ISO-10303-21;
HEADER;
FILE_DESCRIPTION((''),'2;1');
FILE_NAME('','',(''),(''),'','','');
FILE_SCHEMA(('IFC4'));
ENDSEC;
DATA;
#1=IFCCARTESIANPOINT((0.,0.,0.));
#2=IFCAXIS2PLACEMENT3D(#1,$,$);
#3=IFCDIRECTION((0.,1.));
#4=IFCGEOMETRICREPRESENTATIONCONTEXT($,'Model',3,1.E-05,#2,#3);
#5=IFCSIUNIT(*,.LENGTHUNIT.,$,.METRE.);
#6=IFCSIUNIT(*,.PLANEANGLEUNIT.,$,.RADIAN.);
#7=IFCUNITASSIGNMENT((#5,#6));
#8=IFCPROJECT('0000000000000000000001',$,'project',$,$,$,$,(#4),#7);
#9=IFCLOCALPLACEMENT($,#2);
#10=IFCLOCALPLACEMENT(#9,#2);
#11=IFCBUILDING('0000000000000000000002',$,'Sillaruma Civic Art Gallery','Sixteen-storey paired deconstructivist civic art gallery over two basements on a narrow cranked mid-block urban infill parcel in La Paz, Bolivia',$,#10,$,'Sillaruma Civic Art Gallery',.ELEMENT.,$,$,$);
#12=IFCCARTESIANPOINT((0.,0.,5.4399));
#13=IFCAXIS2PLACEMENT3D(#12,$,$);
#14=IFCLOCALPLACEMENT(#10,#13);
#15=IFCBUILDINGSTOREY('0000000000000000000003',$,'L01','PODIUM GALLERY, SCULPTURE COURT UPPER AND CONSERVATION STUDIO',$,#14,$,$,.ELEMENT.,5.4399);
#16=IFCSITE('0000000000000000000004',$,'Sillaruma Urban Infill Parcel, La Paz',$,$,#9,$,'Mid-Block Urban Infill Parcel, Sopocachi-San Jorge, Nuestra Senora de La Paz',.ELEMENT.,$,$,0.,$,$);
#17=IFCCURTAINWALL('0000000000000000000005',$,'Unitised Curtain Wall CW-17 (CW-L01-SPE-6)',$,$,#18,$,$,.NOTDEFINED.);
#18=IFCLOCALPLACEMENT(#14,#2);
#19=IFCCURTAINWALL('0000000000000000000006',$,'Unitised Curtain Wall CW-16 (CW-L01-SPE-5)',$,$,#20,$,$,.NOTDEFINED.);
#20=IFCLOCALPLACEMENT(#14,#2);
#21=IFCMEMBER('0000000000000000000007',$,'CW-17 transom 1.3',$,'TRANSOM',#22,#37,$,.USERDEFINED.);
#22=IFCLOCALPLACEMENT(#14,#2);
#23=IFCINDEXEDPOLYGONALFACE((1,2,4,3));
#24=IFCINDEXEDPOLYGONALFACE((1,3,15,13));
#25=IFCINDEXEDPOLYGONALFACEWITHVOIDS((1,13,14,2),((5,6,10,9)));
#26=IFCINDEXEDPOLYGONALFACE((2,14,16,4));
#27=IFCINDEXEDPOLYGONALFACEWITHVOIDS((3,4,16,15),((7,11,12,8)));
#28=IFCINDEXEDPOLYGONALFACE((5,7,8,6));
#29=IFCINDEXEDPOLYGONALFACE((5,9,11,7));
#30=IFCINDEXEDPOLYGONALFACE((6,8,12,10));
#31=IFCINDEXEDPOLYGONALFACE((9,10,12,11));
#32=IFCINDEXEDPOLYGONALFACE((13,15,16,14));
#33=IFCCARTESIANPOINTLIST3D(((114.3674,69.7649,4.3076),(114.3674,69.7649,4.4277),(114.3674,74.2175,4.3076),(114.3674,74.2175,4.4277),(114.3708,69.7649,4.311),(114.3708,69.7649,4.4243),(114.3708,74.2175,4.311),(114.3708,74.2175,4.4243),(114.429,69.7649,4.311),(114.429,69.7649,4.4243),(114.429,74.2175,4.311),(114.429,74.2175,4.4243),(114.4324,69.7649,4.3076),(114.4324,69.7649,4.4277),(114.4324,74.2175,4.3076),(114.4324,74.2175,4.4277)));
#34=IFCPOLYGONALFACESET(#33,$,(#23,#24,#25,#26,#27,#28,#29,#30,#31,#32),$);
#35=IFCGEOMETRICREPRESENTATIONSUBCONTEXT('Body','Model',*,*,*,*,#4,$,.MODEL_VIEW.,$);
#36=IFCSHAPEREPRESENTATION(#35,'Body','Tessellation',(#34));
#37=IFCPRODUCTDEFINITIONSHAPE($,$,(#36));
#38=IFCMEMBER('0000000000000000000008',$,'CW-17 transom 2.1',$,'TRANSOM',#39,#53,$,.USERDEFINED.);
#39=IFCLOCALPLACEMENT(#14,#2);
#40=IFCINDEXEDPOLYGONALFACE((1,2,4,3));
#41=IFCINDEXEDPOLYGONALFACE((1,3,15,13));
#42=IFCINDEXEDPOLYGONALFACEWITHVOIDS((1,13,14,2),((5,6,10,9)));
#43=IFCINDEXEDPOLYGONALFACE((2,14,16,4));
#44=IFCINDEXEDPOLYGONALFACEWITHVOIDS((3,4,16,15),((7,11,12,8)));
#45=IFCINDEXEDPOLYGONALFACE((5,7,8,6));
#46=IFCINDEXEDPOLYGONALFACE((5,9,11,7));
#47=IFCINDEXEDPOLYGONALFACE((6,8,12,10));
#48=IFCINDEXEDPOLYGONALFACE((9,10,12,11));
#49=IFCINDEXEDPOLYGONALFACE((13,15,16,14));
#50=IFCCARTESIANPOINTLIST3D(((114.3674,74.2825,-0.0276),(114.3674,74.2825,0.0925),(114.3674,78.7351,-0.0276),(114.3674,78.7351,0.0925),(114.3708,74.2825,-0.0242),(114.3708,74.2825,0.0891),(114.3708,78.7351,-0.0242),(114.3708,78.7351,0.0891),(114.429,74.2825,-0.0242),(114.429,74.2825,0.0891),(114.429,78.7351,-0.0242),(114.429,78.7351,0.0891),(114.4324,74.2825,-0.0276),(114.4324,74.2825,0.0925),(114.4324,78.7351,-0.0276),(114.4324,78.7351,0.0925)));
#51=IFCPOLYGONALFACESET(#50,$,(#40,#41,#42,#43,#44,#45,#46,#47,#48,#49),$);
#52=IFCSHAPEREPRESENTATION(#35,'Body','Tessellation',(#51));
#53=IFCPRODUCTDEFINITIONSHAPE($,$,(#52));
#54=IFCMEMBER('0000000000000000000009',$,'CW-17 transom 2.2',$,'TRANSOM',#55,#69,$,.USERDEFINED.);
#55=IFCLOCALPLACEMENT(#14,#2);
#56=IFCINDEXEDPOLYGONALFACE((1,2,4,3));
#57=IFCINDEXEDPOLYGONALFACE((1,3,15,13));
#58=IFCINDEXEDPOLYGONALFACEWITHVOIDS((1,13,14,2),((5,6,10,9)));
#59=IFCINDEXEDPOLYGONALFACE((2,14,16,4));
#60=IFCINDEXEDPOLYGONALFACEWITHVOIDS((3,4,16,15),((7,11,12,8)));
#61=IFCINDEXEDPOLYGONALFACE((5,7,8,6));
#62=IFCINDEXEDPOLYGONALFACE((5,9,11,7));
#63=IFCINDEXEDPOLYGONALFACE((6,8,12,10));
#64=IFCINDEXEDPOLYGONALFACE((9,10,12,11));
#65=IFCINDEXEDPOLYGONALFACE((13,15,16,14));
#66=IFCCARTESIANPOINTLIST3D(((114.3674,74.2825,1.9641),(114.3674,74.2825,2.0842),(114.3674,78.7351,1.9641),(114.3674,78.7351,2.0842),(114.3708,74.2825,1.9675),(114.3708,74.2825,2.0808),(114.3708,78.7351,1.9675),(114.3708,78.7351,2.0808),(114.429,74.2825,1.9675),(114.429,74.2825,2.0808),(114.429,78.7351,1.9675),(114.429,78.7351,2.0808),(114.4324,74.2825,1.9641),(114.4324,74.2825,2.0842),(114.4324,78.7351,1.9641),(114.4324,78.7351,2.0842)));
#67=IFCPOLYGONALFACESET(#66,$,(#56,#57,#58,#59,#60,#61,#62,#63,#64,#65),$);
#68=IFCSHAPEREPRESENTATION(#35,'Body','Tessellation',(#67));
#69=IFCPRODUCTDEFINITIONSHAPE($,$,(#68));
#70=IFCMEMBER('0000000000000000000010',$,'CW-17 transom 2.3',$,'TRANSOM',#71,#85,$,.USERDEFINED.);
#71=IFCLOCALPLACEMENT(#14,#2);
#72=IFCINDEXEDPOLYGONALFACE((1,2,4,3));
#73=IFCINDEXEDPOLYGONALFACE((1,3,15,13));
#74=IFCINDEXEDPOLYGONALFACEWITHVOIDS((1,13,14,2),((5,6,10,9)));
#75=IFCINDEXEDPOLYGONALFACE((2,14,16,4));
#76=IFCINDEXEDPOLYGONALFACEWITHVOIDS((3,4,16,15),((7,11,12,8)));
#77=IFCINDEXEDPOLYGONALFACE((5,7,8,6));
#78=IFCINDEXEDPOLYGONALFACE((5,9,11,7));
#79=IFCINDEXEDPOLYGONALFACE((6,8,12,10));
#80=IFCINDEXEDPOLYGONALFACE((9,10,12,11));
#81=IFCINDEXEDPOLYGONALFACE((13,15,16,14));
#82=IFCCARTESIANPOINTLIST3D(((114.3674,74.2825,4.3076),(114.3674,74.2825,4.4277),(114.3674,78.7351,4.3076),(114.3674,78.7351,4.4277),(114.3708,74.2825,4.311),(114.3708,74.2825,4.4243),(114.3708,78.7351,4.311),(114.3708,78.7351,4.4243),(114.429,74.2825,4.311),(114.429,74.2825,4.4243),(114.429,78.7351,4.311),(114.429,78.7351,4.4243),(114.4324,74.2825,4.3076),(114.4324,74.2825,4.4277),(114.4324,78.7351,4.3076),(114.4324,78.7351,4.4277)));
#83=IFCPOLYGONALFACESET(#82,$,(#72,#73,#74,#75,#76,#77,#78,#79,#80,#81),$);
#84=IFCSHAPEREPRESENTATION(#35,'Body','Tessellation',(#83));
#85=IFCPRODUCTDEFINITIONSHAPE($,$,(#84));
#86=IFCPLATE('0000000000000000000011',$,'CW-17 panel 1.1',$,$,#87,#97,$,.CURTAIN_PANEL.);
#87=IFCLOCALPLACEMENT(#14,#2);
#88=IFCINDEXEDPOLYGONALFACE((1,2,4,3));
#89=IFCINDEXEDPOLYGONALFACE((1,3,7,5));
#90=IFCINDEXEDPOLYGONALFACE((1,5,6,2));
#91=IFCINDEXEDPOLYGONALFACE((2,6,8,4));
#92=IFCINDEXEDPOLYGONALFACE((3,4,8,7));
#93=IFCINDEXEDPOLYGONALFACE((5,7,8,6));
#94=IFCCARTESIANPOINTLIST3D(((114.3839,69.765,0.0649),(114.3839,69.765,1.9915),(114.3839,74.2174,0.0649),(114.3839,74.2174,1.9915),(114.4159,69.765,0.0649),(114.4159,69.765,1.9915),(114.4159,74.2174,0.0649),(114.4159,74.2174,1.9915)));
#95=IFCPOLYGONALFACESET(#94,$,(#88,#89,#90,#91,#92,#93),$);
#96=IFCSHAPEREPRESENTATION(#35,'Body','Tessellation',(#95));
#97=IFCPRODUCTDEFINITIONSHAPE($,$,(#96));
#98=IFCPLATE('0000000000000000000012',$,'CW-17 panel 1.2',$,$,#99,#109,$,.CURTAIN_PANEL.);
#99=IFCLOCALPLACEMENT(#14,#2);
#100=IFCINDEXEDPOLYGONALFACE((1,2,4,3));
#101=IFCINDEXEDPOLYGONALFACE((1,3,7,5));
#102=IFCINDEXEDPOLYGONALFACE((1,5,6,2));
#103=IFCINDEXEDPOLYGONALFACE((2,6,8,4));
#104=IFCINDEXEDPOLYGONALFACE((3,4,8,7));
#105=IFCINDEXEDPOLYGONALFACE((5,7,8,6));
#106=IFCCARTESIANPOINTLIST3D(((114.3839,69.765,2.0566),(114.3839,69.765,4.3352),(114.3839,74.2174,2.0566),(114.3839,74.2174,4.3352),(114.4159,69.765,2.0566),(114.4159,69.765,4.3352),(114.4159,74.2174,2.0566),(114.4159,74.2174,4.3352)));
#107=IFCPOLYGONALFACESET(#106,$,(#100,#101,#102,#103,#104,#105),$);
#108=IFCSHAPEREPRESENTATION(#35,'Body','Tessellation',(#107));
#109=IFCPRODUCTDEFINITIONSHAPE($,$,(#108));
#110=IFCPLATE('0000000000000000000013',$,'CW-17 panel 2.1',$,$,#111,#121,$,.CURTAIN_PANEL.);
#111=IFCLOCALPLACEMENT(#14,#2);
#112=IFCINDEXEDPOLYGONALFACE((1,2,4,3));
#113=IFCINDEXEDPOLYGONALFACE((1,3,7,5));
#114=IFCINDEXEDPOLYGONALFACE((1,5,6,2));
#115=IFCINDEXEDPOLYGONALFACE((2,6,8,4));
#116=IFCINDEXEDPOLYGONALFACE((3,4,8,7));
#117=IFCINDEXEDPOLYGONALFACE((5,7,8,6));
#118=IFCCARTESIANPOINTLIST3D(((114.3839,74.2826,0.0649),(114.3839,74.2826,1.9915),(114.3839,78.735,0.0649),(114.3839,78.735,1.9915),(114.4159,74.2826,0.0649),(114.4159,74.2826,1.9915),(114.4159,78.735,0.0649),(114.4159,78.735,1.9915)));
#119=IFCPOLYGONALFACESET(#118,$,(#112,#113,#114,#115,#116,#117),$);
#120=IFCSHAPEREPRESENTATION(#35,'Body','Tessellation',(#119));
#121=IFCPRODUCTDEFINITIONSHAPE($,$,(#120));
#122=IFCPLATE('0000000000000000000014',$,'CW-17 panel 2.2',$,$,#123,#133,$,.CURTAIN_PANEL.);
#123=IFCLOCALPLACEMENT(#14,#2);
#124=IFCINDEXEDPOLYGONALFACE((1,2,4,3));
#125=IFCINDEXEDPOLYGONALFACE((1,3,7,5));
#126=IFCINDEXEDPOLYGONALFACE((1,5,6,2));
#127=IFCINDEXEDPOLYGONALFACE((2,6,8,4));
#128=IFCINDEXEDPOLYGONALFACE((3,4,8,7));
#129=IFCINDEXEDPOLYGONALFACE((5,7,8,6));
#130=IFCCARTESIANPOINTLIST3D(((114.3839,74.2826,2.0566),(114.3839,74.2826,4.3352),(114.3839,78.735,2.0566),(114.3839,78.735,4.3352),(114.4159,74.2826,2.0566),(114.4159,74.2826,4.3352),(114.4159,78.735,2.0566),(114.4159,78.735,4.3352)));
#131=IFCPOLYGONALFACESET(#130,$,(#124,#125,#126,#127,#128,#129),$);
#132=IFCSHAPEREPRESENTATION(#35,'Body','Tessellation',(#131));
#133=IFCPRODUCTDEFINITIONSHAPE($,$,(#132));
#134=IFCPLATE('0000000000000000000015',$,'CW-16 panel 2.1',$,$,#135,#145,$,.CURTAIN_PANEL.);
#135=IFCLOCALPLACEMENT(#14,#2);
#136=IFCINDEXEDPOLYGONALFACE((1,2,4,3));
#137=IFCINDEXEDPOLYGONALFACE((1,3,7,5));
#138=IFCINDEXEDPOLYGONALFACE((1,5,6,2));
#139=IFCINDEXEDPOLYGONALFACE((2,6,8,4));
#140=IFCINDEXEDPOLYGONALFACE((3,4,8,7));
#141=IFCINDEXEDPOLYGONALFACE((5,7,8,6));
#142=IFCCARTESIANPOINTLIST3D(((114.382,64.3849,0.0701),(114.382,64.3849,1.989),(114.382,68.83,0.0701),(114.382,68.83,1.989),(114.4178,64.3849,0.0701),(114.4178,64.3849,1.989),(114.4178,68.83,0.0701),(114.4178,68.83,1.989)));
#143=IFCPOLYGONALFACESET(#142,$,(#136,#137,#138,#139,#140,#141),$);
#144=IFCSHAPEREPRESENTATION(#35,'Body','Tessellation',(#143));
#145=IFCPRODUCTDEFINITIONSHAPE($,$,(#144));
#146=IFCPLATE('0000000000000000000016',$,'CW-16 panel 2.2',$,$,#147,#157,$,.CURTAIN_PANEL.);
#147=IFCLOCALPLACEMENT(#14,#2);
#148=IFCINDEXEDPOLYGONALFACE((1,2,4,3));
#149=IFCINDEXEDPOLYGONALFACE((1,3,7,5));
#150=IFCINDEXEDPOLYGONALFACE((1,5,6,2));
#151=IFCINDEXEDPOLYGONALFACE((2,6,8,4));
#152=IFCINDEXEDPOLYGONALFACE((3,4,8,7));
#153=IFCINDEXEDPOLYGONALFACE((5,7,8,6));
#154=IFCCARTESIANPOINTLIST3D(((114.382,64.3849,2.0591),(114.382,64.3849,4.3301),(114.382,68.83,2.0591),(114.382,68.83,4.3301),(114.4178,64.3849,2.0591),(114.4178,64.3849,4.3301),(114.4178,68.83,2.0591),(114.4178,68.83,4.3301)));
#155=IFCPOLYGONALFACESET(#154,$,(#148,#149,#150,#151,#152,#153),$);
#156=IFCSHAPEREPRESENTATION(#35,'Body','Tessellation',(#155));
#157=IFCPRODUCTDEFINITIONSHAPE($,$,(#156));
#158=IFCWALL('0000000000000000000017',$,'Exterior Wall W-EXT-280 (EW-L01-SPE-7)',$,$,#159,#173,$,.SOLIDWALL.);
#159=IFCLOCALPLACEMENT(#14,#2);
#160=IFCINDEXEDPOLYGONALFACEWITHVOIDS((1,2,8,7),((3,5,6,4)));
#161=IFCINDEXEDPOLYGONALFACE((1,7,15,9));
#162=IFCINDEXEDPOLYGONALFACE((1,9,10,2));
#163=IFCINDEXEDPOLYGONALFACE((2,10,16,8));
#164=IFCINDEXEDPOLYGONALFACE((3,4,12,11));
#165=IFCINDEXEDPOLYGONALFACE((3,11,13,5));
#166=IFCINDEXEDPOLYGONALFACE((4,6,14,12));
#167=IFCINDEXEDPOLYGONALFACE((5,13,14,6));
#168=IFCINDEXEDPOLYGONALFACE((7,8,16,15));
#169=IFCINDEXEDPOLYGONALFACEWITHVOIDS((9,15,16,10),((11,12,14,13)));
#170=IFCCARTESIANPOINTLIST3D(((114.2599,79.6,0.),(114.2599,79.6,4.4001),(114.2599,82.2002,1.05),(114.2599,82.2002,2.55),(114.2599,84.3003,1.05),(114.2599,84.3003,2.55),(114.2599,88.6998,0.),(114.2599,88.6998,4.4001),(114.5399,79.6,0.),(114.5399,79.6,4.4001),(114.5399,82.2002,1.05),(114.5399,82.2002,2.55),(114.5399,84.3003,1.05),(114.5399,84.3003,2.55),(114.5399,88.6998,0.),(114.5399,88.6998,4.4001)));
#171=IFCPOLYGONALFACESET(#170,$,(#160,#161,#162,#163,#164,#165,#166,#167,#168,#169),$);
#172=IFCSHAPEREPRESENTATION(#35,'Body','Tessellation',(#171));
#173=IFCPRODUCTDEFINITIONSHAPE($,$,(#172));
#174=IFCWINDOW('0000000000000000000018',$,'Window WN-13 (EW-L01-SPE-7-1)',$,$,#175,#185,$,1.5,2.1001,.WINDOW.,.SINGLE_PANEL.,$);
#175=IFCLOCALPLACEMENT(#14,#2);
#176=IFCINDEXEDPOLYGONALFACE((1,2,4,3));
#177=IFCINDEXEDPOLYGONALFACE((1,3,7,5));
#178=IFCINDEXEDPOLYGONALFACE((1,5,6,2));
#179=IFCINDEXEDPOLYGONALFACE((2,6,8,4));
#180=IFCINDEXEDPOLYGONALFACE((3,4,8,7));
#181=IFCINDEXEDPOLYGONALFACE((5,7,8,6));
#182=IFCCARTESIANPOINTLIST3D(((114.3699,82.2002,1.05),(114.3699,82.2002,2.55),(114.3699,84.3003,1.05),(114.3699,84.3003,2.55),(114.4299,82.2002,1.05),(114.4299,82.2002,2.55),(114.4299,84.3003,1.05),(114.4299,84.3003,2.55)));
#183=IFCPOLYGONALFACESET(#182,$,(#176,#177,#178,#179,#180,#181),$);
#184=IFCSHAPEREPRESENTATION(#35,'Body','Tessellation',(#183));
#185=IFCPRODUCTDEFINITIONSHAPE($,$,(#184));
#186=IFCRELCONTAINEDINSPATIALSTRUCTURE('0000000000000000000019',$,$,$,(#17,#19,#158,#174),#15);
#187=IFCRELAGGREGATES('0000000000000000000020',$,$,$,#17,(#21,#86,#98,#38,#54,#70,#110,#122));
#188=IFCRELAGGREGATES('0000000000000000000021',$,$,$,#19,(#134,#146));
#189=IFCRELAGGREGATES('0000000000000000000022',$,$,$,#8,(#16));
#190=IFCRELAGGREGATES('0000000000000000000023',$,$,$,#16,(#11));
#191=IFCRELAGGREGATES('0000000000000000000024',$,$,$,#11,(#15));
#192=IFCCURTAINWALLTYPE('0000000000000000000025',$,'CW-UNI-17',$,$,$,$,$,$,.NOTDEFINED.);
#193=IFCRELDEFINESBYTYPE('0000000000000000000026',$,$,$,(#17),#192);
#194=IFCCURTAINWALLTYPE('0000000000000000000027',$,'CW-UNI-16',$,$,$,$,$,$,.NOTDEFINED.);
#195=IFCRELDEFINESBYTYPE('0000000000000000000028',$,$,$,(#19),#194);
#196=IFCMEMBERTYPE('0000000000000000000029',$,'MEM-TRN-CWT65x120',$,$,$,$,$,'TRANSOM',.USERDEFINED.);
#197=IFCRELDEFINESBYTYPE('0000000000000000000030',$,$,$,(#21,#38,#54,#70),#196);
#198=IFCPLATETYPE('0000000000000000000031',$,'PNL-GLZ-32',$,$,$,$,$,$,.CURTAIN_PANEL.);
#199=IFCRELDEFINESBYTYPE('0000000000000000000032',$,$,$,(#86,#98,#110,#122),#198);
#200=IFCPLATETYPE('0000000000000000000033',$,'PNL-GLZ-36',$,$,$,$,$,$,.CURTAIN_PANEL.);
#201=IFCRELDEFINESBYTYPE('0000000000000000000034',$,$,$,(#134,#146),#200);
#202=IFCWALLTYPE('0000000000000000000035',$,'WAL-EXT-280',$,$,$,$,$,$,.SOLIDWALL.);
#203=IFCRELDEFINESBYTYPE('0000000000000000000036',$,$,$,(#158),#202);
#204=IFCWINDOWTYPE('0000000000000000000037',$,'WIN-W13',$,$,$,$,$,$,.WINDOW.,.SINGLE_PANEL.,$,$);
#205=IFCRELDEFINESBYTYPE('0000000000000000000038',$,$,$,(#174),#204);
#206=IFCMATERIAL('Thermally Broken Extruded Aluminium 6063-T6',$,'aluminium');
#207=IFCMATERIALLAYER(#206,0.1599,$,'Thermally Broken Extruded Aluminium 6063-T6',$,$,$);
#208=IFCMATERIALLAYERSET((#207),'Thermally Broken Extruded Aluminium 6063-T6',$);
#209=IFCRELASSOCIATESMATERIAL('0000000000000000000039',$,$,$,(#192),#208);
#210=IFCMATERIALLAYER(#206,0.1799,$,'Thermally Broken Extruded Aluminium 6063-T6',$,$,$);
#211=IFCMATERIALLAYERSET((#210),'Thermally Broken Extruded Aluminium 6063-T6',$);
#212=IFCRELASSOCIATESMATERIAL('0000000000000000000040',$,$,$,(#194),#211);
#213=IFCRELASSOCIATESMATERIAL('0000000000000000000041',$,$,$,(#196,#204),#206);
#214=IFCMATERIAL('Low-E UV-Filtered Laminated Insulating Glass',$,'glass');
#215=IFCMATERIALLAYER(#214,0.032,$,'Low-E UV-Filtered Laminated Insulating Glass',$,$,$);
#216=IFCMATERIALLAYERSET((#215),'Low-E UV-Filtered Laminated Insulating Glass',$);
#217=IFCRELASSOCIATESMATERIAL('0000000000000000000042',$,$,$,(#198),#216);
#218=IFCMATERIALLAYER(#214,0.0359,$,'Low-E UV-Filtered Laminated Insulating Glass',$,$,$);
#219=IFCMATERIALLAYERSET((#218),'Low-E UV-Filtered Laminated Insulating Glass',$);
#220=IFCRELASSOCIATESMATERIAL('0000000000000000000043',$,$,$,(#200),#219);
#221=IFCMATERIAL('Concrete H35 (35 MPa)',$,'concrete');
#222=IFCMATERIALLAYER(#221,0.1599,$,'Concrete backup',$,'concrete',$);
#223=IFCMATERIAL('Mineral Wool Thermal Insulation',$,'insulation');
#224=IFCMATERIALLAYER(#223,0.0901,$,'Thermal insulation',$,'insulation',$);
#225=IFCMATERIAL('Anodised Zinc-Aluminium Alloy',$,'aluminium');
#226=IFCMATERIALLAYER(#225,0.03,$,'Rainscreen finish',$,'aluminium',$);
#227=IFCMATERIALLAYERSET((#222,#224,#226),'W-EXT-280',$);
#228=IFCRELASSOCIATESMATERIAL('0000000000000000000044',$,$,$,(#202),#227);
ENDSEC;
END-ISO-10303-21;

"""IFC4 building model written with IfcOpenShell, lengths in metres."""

from ifc_helpers import new_model, si_unit, direction, frame, frame_2d, origin, origin_2d, place, context, subcontext, project, spatial, rectangle, hollow_rectangle, extrude, material, layer, layer_set, material_profile, profile_set, type_object, element, fill, aggregate, save


model = new_model("IFC4")

# Units and contexts
model_context = context("Model", 3, precision=1e-05, world=origin(), true_north=direction((0.0, 1.0)))
body_context = subcontext(model_context, "Body", "Model", "MODEL_VIEW")
ifc_project = project(units=[si_unit("LENGTHUNIT", "METRE"), si_unit("PLANEANGLEUNIT", "RADIAN")], contexts=[model_context])

# Site, building, storey
site_placement = place(None, origin())
site = spatial("IfcSite", under=ifc_project, at=site_placement, Name="Sillaruma Urban Infill Parcel, La Paz", LongName="Mid-Block Urban Infill Parcel, Sopocachi-San Jorge, Nuestra Senora de La Paz", CompositionType="ELEMENT", RefElevation=0.0)
building_placement = place(site_placement, origin())
building = spatial("IfcBuilding", under=site, at=building_placement, Name="Sillaruma Civic Art Gallery", Description="Sixteen-storey paired deconstructivist civic art gallery over two basements on a narrow cranked mid-block urban infill parcel in La Paz, Bolivia", LongName="Sillaruma Civic Art Gallery", CompositionType="ELEMENT")
storey_placement = place(building_placement, frame((0.0, 0.0, 5.4399)))
storey = spatial("IfcBuildingStorey", under=building, at=storey_placement, Name="L01", Description="PODIUM GALLERY, SCULPTURE COURT UPPER AND CONSERVATION STUDIO", CompositionType="ELEMENT", Elevation=5.4399)

# Shared definitions
ifc_material_1 = material(Name="Concrete H35 (35 MPa)", Category="concrete")

# Curtain wall
ifc_material_2 = material(Name="Thermally Broken Extruded Aluminium 6063-T6", Category="aluminium")
ifc_layer_1 = layer(ifc_material_2, 0.1599, Name="Thermally Broken Extruded Aluminium 6063-T6")
ifc_layer_set_1 = layer_set([ifc_layer_1], Name="Thermally Broken Extruded Aluminium 6063-T6")
curtain_wall_type_1 = type_object("IfcCurtainWallType", Name="CW-UNI-17", PredefinedType="NOTDEFINED", material=ifc_layer_set_1)
curtain_wall_1_placement = place(storey_placement, origin())
curtain_wall_1 = element("IfcCurtainWall", 1, at=curtain_wall_1_placement, inside=storey, type_object=curtain_wall_type_1, Name="Unitised Curtain Wall CW-17 (CW-L01-SPE-6)", PredefinedType="NOTDEFINED")

# Curtain wall
ifc_layer_2 = layer(ifc_material_2, 0.1799, Name="Thermally Broken Extruded Aluminium 6063-T6")
ifc_layer_set_2 = layer_set([ifc_layer_2], Name="Thermally Broken Extruded Aluminium 6063-T6")
curtain_wall_type_2 = type_object("IfcCurtainWallType", Name="CW-UNI-16", PredefinedType="NOTDEFINED", material=ifc_layer_set_2)
curtain_wall_2_placement = place(storey_placement, origin())
curtain_wall_2 = element("IfcCurtainWall", 2, at=curtain_wall_2_placement, inside=storey, type_object=curtain_wall_type_2, Name="Unitised Curtain Wall CW-16 (CW-L01-SPE-5)", PredefinedType="NOTDEFINED")

# Members
ifc_material_profile_1 = material_profile(ifc_material_2, hollow_rectangle(XDim=0.0649, YDim=0.1201, WallThickness=0.0034, at=origin_2d()), Name="CWT65x120")
ifc_profile_set_1 = profile_set([ifc_material_profile_1], Name="Thermally Broken Extruded Aluminium 6063-T6")
member_type_1 = type_object("IfcMemberType", Name="MEM-TRN-CWT65x120", ElementType="TRANSOM", PredefinedType="USERDEFINED", material=ifc_profile_set_1)
member_1_placement = place(storey_placement, frame((114.3999, 69.7649, 4.3677), z_axis=(0.0, 1.0, 0.0), x_axis=(-1.0, 0.0, 0.0)))
member_1 = element("IfcMember", 3, at=member_1_placement, type_object=member_type_1, Name="CW-17 transom 1.3", ObjectType="TRANSOM", PredefinedType="USERDEFINED", context=body_context, shape_type="SweptSolid", body=[
    extrude(hollow_rectangle(XDim=0.0649, YDim=0.1201, WallThickness=0.0034, at=origin_2d()), origin(), (0.0, 0.0, 1.0), 4.4526),
])
member_2_placement = place(storey_placement, frame((114.3999, 74.2825, 0.0325), z_axis=(0.0, 1.0, 0.0), x_axis=(-1.0, 0.0, 0.0)))
member_2 = element("IfcMember", 4, at=member_2_placement, type_object=member_type_1, Name="CW-17 transom 2.1", ObjectType="TRANSOM", PredefinedType="USERDEFINED", context=body_context, shape_type="SweptSolid", body=[
    extrude(hollow_rectangle(XDim=0.0649, YDim=0.1201, WallThickness=0.0034, at=origin_2d()), origin(), (0.0, 0.0, 1.0), 4.4526),
])
member_3_placement = place(storey_placement, frame((114.3999, 74.2825, 2.0242), z_axis=(0.0, 1.0, 0.0), x_axis=(-1.0, 0.0, 0.0)))
member_3 = element("IfcMember", 5, at=member_3_placement, type_object=member_type_1, Name="CW-17 transom 2.2", ObjectType="TRANSOM", PredefinedType="USERDEFINED", context=body_context, shape_type="SweptSolid", body=[
    extrude(hollow_rectangle(XDim=0.0649, YDim=0.1201, WallThickness=0.0034, at=origin_2d()), origin(), (0.0, 0.0, 1.0), 4.4526),
])
member_4_placement = place(storey_placement, frame((114.3999, 74.2825, 4.3677), z_axis=(0.0, 1.0, 0.0), x_axis=(-1.0, 0.0, 0.0)))
member_4 = element("IfcMember", 6, at=member_4_placement, type_object=member_type_1, Name="CW-17 transom 2.3", ObjectType="TRANSOM", PredefinedType="USERDEFINED", context=body_context, shape_type="SweptSolid", body=[
    extrude(hollow_rectangle(XDim=0.0649, YDim=0.1201, WallThickness=0.0034, at=origin_2d()), origin(), (0.0, 0.0, 1.0), 4.4526),
])

# Plates
ifc_material_3 = material(Name="Low-E UV-Filtered Laminated Insulating Glass", Category="glass")
ifc_layer_3 = layer(ifc_material_3, 0.032, Name="Low-E UV-Filtered Laminated Insulating Glass")
ifc_layer_set_3 = layer_set([ifc_layer_3], Name="Low-E UV-Filtered Laminated Insulating Glass")
plate_type_1 = type_object("IfcPlateType", Name="PNL-GLZ-32", PredefinedType="CURTAIN_PANEL", material=ifc_layer_set_3)
plate_1_placement = place(storey_placement, frame((114.3999, 71.9912, 0.0649), z_axis=(0.0, 0.0, 1.0), x_axis=(0.0, 1.0, 0.0)))
plate_1 = element("IfcPlate", 7, at=plate_1_placement, type_object=plate_type_1, Name="CW-17 panel 1.1", PredefinedType="CURTAIN_PANEL", context=body_context, shape_type="SweptSolid", body=[
    extrude(rectangle(XDim=4.4524, YDim=0.032, at=origin_2d()), origin(), (0.0, 0.0, 1.0), 1.9265),
])
plate_2_placement = place(storey_placement, frame((114.3999, 71.9912, 2.0566), z_axis=(0.0, 0.0, 1.0), x_axis=(0.0, 1.0, 0.0)))
plate_2 = element("IfcPlate", 8, at=plate_2_placement, type_object=plate_type_1, Name="CW-17 panel 1.2", PredefinedType="CURTAIN_PANEL", context=body_context, shape_type="SweptSolid", body=[
    extrude(rectangle(XDim=4.4524, YDim=0.032, at=origin_2d()), origin(), (0.0, 0.0, 1.0), 2.2786),
])
plate_3_placement = place(storey_placement, frame((114.3999, 76.5088, 0.0649), z_axis=(0.0, 0.0, 1.0), x_axis=(0.0, 1.0, 0.0)))
plate_3 = element("IfcPlate", 9, at=plate_3_placement, type_object=plate_type_1, Name="CW-17 panel 2.1", PredefinedType="CURTAIN_PANEL", context=body_context, shape_type="SweptSolid", body=[
    extrude(rectangle(XDim=4.4524, YDim=0.032, at=origin_2d()), origin(), (0.0, 0.0, 1.0), 1.9265),
])
plate_4_placement = place(storey_placement, frame((114.3999, 76.5088, 2.0566), z_axis=(0.0, 0.0, 1.0), x_axis=(0.0, 1.0, 0.0)))
plate_4 = element("IfcPlate", 10, at=plate_4_placement, type_object=plate_type_1, Name="CW-17 panel 2.2", PredefinedType="CURTAIN_PANEL", context=body_context, shape_type="SweptSolid", body=[
    extrude(rectangle(XDim=4.4524, YDim=0.032, at=origin_2d()), origin(), (0.0, 0.0, 1.0), 2.2786),
])
aggregate(curtain_wall_1, [member_1, plate_1, plate_2, member_2, member_3, member_4, plate_3, plate_4])
ifc_layer_4 = layer(ifc_material_3, 0.0359, Name="Low-E UV-Filtered Laminated Insulating Glass")
ifc_layer_set_4 = layer_set([ifc_layer_4], Name="Low-E UV-Filtered Laminated Insulating Glass")
plate_type_2 = type_object("IfcPlateType", Name="PNL-GLZ-36", PredefinedType="CURTAIN_PANEL", material=ifc_layer_set_4)
plate_5_placement = place(storey_placement, frame((114.3999, 66.6074, 0.0701), z_axis=(0.0, 0.0, 1.0), x_axis=(0.0, 1.0, 0.0)))
plate_5 = element("IfcPlate", 11, at=plate_5_placement, type_object=plate_type_2, Name="CW-16 panel 2.1", PredefinedType="CURTAIN_PANEL", context=body_context, shape_type="SweptSolid", body=[
    extrude(rectangle(XDim=4.4451, YDim=0.0359, at=origin_2d()), origin(), (0.0, 0.0, 1.0), 1.9189),
])
plate_6_placement = place(storey_placement, frame((114.3999, 66.6074, 2.0591), z_axis=(0.0, 0.0, 1.0), x_axis=(0.0, 1.0, 0.0)))
plate_6 = element("IfcPlate", 12, at=plate_6_placement, type_object=plate_type_2, Name="CW-16 panel 2.2", PredefinedType="CURTAIN_PANEL", context=body_context, shape_type="SweptSolid", body=[
    extrude(rectangle(XDim=4.4451, YDim=0.0359, at=origin_2d()), origin(), (0.0, 0.0, 1.0), 2.271),
])
aggregate(curtain_wall_2, [plate_5, plate_6])

# Wall, opening, window
ifc_layer_5 = layer(ifc_material_1, 0.1599, Name="Concrete backup", Category="concrete")
ifc_material_4 = material(Name="Mineral Wool Thermal Insulation", Category="insulation")
ifc_layer_6 = layer(ifc_material_4, 0.0901, Name="Thermal insulation", Category="insulation")
ifc_material_5 = material(Name="Anodised Zinc-Aluminium Alloy", Category="aluminium")
ifc_layer_7 = layer(ifc_material_5, 0.03, Name="Rainscreen finish", Category="aluminium")
ifc_layer_set_5 = layer_set([ifc_layer_5, ifc_layer_6, ifc_layer_7], Name="W-EXT-280")
wall_type = type_object("IfcWallType", Name="WAL-EXT-280", PredefinedType="SOLIDWALL", material=ifc_layer_set_5)
wall_1_placement = place(storey_placement, frame((114.3999, 79.6001, 0.0), z_axis=(0.0, 0.0, 1.0), x_axis=(0.0, 1.0, 0.0)))
wall_1 = element("IfcWall", 13, at=wall_1_placement, inside=storey, type_object=wall_type, Name="Exterior Wall W-EXT-280 (EW-L01-SPE-7)", PredefinedType="SOLIDWALL", context=body_context, shape_type="SweptSolid", body=[
    extrude(rectangle(XDim=9.0999, YDim=0.28, at=frame_2d((4.5498, 0.0))), origin(), (0.0, 0.0, 1.0), 4.4001),
])
opening_1_placement = place(wall_1_placement, frame((2.6001, 0.0, 1.05)))
opening_1 = element("IfcOpeningElement", 14, at=opening_1_placement, cuts=wall_1, PredefinedType="OPENING", context=body_context, shape_type="SweptSolid", body=[
    extrude(rectangle(XDim=2.1001, YDim=1.5, at=frame_2d((1.05, 0.75))), frame((0.0, 0.1499, 0.0), z_axis=(0.0, -1.0, 0.0), x_axis=(1.0, 0.0, 0.0)), (0.0, 0.0, 1.0), 0.3),
])
window_type_1 = type_object("IfcWindowType", Name="WIN-W13", PartitioningType="SINGLE_PANEL", PredefinedType="WINDOW", material=ifc_material_2)
window_1_placement = place(opening_1_placement, origin())
window_1 = element("IfcWindow", 15, at=window_1_placement, inside=storey, type_object=window_type_1, Name="Window WN-13 (EW-L01-SPE-7-1)", OverallHeight=1.5, OverallWidth=2.1001, PartitioningType="SINGLE_PANEL", PredefinedType="WINDOW", context=body_context, shape_type="SweptSolid", body=[
    extrude(rectangle(XDim=2.1001, YDim=1.5, at=frame_2d((1.05, 0.75))), frame((0.0, 0.03, 0.0), z_axis=(0.0, -1.0, 0.0), x_axis=(1.0, 0.0, 0.0)), (0.0, 0.0, 1.0), 0.0601),
])
fill(opening_1, window_1)

save(model, "model.ifc")
